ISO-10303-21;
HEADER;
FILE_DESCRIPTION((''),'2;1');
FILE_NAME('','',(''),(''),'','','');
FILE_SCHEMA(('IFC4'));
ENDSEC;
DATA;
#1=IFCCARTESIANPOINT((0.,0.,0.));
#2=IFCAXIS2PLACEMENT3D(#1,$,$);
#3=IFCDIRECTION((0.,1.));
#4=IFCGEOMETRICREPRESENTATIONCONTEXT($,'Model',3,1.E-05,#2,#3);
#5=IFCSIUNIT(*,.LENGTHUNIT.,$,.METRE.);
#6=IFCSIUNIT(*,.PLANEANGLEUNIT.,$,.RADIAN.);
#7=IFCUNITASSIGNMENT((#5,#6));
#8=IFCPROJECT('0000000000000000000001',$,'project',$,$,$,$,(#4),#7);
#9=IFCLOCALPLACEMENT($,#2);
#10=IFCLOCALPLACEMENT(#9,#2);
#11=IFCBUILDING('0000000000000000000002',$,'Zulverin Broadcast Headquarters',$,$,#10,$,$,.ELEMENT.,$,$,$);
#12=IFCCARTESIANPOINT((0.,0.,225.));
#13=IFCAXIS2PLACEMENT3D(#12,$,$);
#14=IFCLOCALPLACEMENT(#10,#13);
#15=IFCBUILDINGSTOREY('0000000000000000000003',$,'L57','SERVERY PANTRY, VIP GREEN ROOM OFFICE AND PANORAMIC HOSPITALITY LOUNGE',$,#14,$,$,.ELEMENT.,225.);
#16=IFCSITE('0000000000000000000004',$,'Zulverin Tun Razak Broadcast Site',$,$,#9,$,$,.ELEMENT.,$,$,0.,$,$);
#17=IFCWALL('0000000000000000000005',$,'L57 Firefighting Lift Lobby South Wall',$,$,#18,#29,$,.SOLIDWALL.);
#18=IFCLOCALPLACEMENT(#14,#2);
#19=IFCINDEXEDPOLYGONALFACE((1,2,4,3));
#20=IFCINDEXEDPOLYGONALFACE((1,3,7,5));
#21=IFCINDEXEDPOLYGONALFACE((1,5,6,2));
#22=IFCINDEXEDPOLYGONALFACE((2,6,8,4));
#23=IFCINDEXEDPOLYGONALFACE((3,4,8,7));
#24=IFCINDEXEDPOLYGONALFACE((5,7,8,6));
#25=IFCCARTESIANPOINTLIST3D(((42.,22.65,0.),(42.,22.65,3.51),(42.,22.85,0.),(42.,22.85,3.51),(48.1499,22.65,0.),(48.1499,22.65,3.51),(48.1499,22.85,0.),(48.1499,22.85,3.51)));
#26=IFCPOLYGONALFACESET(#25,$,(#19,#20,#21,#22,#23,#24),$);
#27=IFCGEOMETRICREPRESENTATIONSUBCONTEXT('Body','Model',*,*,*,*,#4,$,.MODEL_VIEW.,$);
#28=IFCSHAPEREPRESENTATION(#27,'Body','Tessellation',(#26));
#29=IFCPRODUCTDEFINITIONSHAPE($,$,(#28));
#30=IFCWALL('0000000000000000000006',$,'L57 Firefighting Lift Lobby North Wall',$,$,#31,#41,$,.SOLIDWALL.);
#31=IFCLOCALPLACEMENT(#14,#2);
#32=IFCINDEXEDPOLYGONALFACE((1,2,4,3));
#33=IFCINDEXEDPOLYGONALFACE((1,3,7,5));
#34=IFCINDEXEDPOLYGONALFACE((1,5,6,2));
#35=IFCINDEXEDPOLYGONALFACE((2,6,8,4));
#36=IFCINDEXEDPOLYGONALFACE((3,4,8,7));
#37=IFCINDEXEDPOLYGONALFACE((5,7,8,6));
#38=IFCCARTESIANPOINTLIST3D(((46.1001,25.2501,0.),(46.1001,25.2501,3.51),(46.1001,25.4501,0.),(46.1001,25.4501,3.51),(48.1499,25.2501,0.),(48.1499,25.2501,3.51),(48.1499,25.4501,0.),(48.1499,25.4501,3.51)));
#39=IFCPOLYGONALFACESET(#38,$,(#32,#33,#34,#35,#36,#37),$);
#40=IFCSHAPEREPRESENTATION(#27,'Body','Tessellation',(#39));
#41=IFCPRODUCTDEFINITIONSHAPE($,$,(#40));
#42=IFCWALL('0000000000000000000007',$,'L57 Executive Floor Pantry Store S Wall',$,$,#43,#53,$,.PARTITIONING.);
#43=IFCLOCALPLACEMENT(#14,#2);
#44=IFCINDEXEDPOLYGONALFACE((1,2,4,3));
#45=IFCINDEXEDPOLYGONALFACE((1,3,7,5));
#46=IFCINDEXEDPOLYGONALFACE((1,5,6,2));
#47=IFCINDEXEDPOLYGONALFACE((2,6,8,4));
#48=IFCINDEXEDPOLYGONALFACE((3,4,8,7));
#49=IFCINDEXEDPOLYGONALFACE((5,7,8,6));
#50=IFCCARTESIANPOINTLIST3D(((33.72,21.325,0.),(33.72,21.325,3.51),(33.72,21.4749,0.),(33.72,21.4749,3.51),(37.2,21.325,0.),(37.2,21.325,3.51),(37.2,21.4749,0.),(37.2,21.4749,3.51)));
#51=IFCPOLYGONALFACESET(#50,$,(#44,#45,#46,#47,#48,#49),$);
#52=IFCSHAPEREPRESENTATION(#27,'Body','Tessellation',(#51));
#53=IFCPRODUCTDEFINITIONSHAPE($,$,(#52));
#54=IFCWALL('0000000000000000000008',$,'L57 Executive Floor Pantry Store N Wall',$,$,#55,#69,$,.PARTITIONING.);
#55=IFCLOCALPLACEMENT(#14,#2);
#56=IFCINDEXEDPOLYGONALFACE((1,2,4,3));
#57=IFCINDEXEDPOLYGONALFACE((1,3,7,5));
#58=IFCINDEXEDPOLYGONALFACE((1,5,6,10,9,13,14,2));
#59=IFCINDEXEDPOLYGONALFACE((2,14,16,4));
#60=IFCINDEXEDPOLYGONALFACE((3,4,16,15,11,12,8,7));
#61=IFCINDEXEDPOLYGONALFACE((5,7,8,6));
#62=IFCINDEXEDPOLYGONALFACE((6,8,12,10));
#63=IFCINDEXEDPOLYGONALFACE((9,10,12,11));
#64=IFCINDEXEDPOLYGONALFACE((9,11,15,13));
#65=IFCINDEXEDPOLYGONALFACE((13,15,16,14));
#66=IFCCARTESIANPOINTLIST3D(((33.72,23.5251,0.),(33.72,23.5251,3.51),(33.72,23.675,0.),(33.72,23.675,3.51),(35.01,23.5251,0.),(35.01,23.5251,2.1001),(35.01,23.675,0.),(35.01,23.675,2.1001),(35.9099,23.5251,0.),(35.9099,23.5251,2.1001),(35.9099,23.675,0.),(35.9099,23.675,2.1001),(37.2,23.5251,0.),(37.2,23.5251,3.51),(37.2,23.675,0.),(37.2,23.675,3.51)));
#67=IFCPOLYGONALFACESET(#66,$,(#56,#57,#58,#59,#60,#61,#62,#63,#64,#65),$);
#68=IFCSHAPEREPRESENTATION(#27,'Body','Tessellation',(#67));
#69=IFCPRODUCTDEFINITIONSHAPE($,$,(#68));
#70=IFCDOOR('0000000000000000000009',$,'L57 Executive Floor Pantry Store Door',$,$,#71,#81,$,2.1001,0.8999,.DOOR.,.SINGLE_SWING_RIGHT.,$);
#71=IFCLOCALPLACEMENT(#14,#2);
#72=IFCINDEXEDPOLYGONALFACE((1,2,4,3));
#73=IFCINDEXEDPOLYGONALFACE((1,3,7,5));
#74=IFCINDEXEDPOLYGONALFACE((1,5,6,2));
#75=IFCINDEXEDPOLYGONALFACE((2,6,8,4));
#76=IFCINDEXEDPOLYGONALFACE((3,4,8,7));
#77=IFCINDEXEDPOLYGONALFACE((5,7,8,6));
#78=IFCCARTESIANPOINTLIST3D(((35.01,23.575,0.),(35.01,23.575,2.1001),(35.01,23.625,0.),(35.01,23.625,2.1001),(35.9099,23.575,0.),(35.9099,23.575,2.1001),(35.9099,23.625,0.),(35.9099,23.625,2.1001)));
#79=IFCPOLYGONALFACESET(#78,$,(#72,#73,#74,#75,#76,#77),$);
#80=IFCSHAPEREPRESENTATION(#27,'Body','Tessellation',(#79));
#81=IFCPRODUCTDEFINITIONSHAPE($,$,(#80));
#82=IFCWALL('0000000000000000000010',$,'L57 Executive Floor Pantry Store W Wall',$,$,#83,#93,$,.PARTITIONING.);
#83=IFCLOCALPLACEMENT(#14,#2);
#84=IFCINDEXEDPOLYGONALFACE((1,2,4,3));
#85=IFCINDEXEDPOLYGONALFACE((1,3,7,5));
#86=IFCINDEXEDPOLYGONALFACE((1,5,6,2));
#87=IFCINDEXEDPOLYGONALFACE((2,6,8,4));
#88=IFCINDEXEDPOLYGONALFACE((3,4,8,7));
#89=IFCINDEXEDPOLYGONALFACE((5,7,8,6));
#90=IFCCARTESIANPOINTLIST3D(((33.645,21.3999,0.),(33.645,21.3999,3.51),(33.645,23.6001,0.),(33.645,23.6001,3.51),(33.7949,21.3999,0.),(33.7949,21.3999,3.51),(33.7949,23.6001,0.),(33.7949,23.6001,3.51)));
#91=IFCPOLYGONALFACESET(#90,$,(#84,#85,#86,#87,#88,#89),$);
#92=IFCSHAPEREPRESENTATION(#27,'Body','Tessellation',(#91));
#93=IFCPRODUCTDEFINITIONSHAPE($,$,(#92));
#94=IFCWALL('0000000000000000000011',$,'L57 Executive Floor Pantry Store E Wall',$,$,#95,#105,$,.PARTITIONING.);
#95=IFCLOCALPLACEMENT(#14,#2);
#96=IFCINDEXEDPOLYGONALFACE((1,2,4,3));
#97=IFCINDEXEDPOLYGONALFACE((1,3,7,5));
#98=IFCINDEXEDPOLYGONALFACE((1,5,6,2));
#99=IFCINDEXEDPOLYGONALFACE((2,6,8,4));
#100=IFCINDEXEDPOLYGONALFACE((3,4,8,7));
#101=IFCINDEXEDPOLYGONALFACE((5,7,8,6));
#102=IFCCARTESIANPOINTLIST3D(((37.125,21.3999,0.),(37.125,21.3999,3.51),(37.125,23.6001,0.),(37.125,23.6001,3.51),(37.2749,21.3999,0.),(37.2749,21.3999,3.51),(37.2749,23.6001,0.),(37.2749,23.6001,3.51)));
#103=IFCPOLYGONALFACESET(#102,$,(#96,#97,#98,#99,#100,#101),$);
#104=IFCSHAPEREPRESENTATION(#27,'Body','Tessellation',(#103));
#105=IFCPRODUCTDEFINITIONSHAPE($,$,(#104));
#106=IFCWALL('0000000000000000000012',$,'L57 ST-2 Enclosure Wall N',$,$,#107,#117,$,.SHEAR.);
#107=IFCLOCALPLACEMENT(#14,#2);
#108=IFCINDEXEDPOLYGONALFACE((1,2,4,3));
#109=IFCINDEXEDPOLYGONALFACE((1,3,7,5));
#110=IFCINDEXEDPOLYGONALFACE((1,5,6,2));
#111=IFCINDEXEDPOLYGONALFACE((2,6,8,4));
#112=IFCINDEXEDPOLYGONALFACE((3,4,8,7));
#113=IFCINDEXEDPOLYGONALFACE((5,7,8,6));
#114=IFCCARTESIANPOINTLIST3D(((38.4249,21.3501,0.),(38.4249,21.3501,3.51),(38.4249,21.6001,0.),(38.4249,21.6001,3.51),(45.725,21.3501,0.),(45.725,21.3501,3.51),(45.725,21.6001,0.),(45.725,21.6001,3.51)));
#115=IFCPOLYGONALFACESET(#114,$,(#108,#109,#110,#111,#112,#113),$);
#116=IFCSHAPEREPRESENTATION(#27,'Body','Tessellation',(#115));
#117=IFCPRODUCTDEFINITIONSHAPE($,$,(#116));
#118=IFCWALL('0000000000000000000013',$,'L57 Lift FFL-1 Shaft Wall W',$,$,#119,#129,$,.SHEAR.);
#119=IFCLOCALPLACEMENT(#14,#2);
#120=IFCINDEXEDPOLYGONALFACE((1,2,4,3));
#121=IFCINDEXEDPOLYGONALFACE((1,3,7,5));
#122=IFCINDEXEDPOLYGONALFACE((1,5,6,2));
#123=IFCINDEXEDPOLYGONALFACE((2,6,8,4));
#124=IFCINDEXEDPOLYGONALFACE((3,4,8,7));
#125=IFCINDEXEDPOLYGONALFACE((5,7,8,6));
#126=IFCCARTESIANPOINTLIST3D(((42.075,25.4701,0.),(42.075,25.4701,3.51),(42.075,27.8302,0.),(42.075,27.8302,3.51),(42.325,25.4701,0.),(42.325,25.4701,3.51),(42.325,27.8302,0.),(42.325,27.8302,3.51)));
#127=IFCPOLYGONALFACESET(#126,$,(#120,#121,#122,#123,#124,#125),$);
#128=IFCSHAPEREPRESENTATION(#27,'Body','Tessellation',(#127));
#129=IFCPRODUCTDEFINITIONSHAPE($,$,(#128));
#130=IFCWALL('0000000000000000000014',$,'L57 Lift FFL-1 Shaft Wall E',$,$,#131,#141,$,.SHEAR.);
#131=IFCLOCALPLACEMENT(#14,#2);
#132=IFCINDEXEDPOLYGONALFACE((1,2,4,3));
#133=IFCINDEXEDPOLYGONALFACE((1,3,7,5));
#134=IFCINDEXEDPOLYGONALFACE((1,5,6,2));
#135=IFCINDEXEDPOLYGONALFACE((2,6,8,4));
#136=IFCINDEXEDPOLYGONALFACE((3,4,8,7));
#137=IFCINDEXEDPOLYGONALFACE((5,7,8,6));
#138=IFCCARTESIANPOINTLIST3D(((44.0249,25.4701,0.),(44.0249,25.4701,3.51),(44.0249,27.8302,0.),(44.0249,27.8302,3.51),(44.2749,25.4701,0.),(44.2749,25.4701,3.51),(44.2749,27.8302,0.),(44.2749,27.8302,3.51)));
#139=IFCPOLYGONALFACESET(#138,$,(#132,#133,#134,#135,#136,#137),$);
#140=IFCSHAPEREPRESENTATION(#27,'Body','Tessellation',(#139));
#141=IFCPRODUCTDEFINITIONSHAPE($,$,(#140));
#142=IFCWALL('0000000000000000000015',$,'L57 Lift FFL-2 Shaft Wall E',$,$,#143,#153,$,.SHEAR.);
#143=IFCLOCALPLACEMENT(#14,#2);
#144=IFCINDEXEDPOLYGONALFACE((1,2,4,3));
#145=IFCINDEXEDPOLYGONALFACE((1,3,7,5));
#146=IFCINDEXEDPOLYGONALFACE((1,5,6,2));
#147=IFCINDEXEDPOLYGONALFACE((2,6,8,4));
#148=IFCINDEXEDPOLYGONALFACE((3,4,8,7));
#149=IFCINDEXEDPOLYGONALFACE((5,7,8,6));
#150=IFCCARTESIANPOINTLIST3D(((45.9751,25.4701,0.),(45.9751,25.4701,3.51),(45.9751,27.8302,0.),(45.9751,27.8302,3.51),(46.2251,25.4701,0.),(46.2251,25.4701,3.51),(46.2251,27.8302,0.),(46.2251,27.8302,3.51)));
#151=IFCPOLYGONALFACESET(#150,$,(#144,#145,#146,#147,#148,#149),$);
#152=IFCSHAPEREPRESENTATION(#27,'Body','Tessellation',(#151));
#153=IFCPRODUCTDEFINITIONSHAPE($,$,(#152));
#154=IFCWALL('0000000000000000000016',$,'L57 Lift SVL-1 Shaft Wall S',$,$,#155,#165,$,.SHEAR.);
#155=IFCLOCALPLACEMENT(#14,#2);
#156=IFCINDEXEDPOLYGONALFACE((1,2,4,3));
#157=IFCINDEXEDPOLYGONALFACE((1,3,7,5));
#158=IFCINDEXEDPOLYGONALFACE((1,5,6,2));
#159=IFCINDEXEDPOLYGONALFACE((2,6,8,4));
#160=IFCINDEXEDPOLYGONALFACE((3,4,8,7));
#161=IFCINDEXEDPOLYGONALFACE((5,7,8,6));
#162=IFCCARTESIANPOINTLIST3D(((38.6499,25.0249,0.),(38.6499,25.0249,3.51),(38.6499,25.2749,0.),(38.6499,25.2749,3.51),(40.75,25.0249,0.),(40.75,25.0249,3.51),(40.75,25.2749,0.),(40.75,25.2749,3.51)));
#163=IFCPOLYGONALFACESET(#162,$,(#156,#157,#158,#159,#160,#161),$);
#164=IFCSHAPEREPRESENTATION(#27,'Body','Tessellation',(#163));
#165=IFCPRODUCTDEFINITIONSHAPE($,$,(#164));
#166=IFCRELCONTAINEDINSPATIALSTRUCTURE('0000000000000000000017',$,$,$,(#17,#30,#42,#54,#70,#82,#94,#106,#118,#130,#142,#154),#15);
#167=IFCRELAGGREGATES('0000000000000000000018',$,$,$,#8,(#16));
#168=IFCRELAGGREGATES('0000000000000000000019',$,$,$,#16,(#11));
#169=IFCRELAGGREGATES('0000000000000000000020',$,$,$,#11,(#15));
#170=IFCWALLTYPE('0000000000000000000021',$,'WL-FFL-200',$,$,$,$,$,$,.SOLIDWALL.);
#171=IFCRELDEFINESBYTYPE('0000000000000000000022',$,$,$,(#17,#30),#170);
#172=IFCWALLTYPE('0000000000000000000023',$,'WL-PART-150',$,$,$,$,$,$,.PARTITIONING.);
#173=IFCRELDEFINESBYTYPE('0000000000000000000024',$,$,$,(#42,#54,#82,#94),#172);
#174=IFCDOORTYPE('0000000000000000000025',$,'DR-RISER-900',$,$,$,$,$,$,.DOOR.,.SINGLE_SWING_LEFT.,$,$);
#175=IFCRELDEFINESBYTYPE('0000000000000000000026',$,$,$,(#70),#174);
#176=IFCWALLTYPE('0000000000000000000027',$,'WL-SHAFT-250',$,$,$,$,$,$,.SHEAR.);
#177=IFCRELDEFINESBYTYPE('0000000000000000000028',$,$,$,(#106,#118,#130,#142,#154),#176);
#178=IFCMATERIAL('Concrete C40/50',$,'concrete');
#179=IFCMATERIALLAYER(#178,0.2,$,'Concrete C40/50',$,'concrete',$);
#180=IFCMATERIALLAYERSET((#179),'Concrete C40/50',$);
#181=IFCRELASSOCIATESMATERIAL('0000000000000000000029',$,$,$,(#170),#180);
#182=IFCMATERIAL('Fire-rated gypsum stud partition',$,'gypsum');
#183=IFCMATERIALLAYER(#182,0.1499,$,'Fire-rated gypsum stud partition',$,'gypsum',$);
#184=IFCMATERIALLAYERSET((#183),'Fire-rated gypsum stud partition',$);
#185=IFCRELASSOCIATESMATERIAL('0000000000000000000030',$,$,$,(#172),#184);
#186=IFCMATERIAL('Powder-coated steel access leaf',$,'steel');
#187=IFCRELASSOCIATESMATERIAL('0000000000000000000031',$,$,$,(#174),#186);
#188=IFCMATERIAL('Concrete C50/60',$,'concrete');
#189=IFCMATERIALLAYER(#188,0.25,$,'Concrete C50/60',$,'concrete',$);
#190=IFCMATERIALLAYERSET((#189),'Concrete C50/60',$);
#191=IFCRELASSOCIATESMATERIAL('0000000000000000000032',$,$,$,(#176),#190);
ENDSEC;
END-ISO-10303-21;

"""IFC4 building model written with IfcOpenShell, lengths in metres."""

from ifc_helpers import new_model, si_unit, direction, frame, frame_2d, origin, place, context, subcontext, project, spatial, rectangle, extrude, material, layer, layer_set, type_object, element, fill, save


model = new_model("IFC4")

# Units and contexts
model_context = context("Model", 3, precision=1e-05, world=origin(), true_north=direction((0.0, 1.0)))
body_context = subcontext(model_context, "Body", "Model", "MODEL_VIEW")
ifc_project = project(units=[si_unit("LENGTHUNIT", "METRE"), si_unit("PLANEANGLEUNIT", "RADIAN")], contexts=[model_context])

# Site, building, storey
site_placement = place(None, origin())
site = spatial("IfcSite", under=ifc_project, at=site_placement, Name="Zulverin Tun Razak Broadcast Site", CompositionType="ELEMENT", RefElevation=0.0)
building_placement = place(site_placement, origin())
building = spatial("IfcBuilding", under=site, at=building_placement, Name="Zulverin Broadcast Headquarters", CompositionType="ELEMENT")
storey_placement = place(building_placement, frame((0.0, 0.0, 225.0)))
storey = spatial("IfcBuildingStorey", under=building, at=storey_placement, Name="L57", Description="SERVERY PANTRY, VIP GREEN ROOM OFFICE AND PANORAMIC HOSPITALITY LOUNGE", CompositionType="ELEMENT", Elevation=225.0)

# Shared definitions
ifc_material_1 = material(Name="Concrete C40/50", Category="concrete")
ifc_layer_1 = layer(ifc_material_1, 0.2, Name="Concrete C40/50", Category="concrete")
ifc_layer_set_1 = layer_set([ifc_layer_1], Name="Concrete C40/50")
wall_type_1 = type_object("IfcWallType", Name="WL-FFL-200", PredefinedType="SOLIDWALL", material=ifc_layer_set_1)

# Walls
wall_1_placement = place(storey_placement, frame((42.0, 22.75, 0.0), z_axis=(0.0, 0.0, 1.0), x_axis=(1.0, 0.0, 0.0)))
element("IfcWall", 1, at=wall_1_placement, inside=storey, type_object=wall_type_1, Name="L57 Firefighting Lift Lobby South Wall", PredefinedType="SOLIDWALL", context=body_context, shape_type="SweptSolid", body=[
    extrude(rectangle(XDim=6.1499, YDim=0.2, at=frame_2d((3.075, 0.0))), origin(), (0.0, 0.0, 1.0), 3.51),
])
wall_2_placement = place(storey_placement, frame((46.1001, 25.3501, 0.0), z_axis=(0.0, 0.0, 1.0), x_axis=(1.0, 0.0, 0.0)))
element("IfcWall", 2, at=wall_2_placement, inside=storey, type_object=wall_type_1, Name="L57 Firefighting Lift Lobby North Wall", PredefinedType="SOLIDWALL", context=body_context, shape_type="SweptSolid", body=[
    extrude(rectangle(XDim=2.0498, YDim=0.2, at=frame_2d((1.0249, 0.0))), origin(), (0.0, 0.0, 1.0), 3.51),
])

# Wall
ifc_material_2 = material(Name="Fire-rated gypsum stud partition", Category="gypsum")
ifc_layer_2 = layer(ifc_material_2, 0.1499, Name="Fire-rated gypsum stud partition", Category="gypsum")
ifc_layer_set_2 = layer_set([ifc_layer_2], Name="Fire-rated gypsum stud partition")
wall_type_2 = type_object("IfcWallType", Name="WL-PART-150", PredefinedType="PARTITIONING", material=ifc_layer_set_2)
wall_3_placement = place(storey_placement, frame((33.72, 21.3999, 0.0), z_axis=(0.0, 0.0, 1.0), x_axis=(1.0, 0.0, 0.0)))
element("IfcWall", 3, at=wall_3_placement, inside=storey, type_object=wall_type_2, Name="L57 Executive Floor Pantry Store S Wall", PredefinedType="PARTITIONING", context=body_context, shape_type="SweptSolid", body=[
    extrude(rectangle(XDim=3.48, YDim=0.1499, at=frame_2d((1.74, 0.0))), origin(), (0.0, 0.0, 1.0), 3.51),
])

# Wall, opening, door
wall_4_placement = place(storey_placement, frame((33.72, 23.6001, 0.0), z_axis=(0.0, 0.0, 1.0), x_axis=(1.0, 0.0, 0.0)))
wall_4 = element("IfcWall", 4, at=wall_4_placement, inside=storey, type_object=wall_type_2, Name="L57 Executive Floor Pantry Store N Wall", PredefinedType="PARTITIONING", context=body_context, shape_type="SweptSolid", body=[
    extrude(rectangle(XDim=3.48, YDim=0.1499, at=frame_2d((1.74, 0.0))), origin(), (0.0, 0.0, 1.0), 3.51),
])
opening_1_placement = place(wall_4_placement, frame((1.29, 0.0, 0.0)))
opening_1 = element("IfcOpeningElement", 5, at=opening_1_placement, cuts=wall_4, PredefinedType="OPENING", context=body_context, shape_type="SweptSolid", body=[
    extrude(rectangle(XDim=0.8999, YDim=2.1001, at=frame_2d((0.45, 1.05))), frame((0.0, 0.085, 0.0), z_axis=(0.0, -1.0, 0.0), x_axis=(1.0, 0.0, 0.0)), (0.0, 0.0, 1.0), 0.1699),
])
ifc_material_3 = material(Name="Powder-coated steel access leaf", Category="steel")
door_type_1 = type_object("IfcDoorType", Name="DR-RISER-900", OperationType="SINGLE_SWING_LEFT", PredefinedType="DOOR", material=ifc_material_3)
door_1_placement = place(opening_1_placement, origin())
door_1 = element("IfcDoor", 6, at=door_1_placement, inside=storey, type_object=door_type_1, Name="L57 Executive Floor Pantry Store Door", OperationType="SINGLE_SWING_RIGHT", OverallHeight=2.1001, OverallWidth=0.8999, PredefinedType="DOOR", context=body_context, shape_type="SweptSolid", body=[
    extrude(rectangle(XDim=0.8999, YDim=2.1001, at=frame_2d((0.45, 1.05))), frame((0.0, 0.0249, 0.0), z_axis=(0.0, -1.0, 0.0), x_axis=(1.0, 0.0, 0.0)), (0.0, 0.0, 1.0), 0.05),
])
fill(opening_1, door_1)

# Walls
for number, where, z_axis, x_axis, name in (
    (7, (33.72, 21.3999, 0.0), (0.0, 0.0, 1.0), (0.0, 1.0, 0.0), "L57 Executive Floor Pantry Store W Wall"),
    (8, (37.2, 21.3999, 0.0), (0.0, 0.0, 1.0), (0.0, 1.0, 0.0), "L57 Executive Floor Pantry Store E Wall"),
):
    element("IfcWall", number, at=place(storey_placement, frame(where, z_axis=z_axis, x_axis=x_axis)), inside=storey, type_object=wall_type_2, Name=name, PredefinedType="PARTITIONING", context=body_context, shape_type="SweptSolid", body=[
        extrude(rectangle(XDim=2.2002, YDim=0.1499, at=frame_2d((1.1001, 0.0))), origin(), (0.0, 0.0, 1.0), 3.51),
    ])
ifc_material_4 = material(Name="Concrete C50/60", Category="concrete")
ifc_layer_3 = layer(ifc_material_4, 0.25, Name="Concrete C50/60", Category="concrete")
ifc_layer_set_3 = layer_set([ifc_layer_3], Name="Concrete C50/60")
wall_type_3 = type_object("IfcWallType", Name="WL-SHAFT-250", PredefinedType="SHEAR", material=ifc_layer_set_3)
wall_5_placement = place(storey_placement, frame((38.425, 21.4751, 0.0), z_axis=(0.0, 0.0, 1.0), x_axis=(1.0, 0.0, 0.0)))
element("IfcWall", 9, at=wall_5_placement, inside=storey, type_object=wall_type_3, Name="L57 ST-2 Enclosure Wall N", PredefinedType="SHEAR", context=body_context, shape_type="SweptSolid", body=[
    extrude(rectangle(XDim=7.3, YDim=0.25, at=frame_2d((3.6499, 0.0))), origin(), (0.0, 0.0, 1.0), 3.51),
])

# Walls
for number, where, z_axis, x_axis, name in (
    (10, (42.2, 25.47, 0.0), (0.0, 0.0, 1.0), (0.0, 1.0, 0.0), "L57 Lift FFL-1 Shaft Wall W"),
    (11, (44.1499, 25.47, 0.0), (0.0, 0.0, 1.0), (0.0, 1.0, 0.0), "L57 Lift FFL-1 Shaft Wall E"),
):
    element("IfcWall", number, at=place(storey_placement, frame(where, z_axis=z_axis, x_axis=x_axis)), inside=storey, type_object=wall_type_3, Name=name, PredefinedType="SHEAR", context=body_context, shape_type="SweptSolid", body=[
        extrude(rectangle(XDim=2.3601, YDim=0.25, at=frame_2d((1.1802, 0.0))), origin(), (0.0, 0.0, 1.0), 3.51),
    ])

# Walls
wall_6_placement = place(storey_placement, frame((46.1001, 25.47, 0.0), z_axis=(0.0, 0.0, 1.0), x_axis=(0.0, 1.0, 0.0)))
element("IfcWall", 12, at=wall_6_placement, inside=storey, type_object=wall_type_3, Name="L57 Lift FFL-2 Shaft Wall E", PredefinedType="SHEAR", context=body_context, shape_type="SweptSolid", body=[
    extrude(rectangle(XDim=2.3601, YDim=0.25, at=frame_2d((1.1802, 0.0))), origin(), (0.0, 0.0, 1.0), 3.51),
])
wall_7_placement = place(storey_placement, frame((38.6499, 25.1499, 0.0), z_axis=(0.0, 0.0, 1.0), x_axis=(1.0, 0.0, 0.0)))
element("IfcWall", 13, at=wall_7_placement, inside=storey, type_object=wall_type_3, Name="L57 Lift SVL-1 Shaft Wall S", PredefinedType="SHEAR", context=body_context, shape_type="SweptSolid", body=[
    extrude(rectangle(XDim=2.1001, YDim=0.25, at=frame_2d((1.05, 0.0))), origin(), (0.0, 0.0, 1.0), 3.51),
])

save(model, "model.ifc")
